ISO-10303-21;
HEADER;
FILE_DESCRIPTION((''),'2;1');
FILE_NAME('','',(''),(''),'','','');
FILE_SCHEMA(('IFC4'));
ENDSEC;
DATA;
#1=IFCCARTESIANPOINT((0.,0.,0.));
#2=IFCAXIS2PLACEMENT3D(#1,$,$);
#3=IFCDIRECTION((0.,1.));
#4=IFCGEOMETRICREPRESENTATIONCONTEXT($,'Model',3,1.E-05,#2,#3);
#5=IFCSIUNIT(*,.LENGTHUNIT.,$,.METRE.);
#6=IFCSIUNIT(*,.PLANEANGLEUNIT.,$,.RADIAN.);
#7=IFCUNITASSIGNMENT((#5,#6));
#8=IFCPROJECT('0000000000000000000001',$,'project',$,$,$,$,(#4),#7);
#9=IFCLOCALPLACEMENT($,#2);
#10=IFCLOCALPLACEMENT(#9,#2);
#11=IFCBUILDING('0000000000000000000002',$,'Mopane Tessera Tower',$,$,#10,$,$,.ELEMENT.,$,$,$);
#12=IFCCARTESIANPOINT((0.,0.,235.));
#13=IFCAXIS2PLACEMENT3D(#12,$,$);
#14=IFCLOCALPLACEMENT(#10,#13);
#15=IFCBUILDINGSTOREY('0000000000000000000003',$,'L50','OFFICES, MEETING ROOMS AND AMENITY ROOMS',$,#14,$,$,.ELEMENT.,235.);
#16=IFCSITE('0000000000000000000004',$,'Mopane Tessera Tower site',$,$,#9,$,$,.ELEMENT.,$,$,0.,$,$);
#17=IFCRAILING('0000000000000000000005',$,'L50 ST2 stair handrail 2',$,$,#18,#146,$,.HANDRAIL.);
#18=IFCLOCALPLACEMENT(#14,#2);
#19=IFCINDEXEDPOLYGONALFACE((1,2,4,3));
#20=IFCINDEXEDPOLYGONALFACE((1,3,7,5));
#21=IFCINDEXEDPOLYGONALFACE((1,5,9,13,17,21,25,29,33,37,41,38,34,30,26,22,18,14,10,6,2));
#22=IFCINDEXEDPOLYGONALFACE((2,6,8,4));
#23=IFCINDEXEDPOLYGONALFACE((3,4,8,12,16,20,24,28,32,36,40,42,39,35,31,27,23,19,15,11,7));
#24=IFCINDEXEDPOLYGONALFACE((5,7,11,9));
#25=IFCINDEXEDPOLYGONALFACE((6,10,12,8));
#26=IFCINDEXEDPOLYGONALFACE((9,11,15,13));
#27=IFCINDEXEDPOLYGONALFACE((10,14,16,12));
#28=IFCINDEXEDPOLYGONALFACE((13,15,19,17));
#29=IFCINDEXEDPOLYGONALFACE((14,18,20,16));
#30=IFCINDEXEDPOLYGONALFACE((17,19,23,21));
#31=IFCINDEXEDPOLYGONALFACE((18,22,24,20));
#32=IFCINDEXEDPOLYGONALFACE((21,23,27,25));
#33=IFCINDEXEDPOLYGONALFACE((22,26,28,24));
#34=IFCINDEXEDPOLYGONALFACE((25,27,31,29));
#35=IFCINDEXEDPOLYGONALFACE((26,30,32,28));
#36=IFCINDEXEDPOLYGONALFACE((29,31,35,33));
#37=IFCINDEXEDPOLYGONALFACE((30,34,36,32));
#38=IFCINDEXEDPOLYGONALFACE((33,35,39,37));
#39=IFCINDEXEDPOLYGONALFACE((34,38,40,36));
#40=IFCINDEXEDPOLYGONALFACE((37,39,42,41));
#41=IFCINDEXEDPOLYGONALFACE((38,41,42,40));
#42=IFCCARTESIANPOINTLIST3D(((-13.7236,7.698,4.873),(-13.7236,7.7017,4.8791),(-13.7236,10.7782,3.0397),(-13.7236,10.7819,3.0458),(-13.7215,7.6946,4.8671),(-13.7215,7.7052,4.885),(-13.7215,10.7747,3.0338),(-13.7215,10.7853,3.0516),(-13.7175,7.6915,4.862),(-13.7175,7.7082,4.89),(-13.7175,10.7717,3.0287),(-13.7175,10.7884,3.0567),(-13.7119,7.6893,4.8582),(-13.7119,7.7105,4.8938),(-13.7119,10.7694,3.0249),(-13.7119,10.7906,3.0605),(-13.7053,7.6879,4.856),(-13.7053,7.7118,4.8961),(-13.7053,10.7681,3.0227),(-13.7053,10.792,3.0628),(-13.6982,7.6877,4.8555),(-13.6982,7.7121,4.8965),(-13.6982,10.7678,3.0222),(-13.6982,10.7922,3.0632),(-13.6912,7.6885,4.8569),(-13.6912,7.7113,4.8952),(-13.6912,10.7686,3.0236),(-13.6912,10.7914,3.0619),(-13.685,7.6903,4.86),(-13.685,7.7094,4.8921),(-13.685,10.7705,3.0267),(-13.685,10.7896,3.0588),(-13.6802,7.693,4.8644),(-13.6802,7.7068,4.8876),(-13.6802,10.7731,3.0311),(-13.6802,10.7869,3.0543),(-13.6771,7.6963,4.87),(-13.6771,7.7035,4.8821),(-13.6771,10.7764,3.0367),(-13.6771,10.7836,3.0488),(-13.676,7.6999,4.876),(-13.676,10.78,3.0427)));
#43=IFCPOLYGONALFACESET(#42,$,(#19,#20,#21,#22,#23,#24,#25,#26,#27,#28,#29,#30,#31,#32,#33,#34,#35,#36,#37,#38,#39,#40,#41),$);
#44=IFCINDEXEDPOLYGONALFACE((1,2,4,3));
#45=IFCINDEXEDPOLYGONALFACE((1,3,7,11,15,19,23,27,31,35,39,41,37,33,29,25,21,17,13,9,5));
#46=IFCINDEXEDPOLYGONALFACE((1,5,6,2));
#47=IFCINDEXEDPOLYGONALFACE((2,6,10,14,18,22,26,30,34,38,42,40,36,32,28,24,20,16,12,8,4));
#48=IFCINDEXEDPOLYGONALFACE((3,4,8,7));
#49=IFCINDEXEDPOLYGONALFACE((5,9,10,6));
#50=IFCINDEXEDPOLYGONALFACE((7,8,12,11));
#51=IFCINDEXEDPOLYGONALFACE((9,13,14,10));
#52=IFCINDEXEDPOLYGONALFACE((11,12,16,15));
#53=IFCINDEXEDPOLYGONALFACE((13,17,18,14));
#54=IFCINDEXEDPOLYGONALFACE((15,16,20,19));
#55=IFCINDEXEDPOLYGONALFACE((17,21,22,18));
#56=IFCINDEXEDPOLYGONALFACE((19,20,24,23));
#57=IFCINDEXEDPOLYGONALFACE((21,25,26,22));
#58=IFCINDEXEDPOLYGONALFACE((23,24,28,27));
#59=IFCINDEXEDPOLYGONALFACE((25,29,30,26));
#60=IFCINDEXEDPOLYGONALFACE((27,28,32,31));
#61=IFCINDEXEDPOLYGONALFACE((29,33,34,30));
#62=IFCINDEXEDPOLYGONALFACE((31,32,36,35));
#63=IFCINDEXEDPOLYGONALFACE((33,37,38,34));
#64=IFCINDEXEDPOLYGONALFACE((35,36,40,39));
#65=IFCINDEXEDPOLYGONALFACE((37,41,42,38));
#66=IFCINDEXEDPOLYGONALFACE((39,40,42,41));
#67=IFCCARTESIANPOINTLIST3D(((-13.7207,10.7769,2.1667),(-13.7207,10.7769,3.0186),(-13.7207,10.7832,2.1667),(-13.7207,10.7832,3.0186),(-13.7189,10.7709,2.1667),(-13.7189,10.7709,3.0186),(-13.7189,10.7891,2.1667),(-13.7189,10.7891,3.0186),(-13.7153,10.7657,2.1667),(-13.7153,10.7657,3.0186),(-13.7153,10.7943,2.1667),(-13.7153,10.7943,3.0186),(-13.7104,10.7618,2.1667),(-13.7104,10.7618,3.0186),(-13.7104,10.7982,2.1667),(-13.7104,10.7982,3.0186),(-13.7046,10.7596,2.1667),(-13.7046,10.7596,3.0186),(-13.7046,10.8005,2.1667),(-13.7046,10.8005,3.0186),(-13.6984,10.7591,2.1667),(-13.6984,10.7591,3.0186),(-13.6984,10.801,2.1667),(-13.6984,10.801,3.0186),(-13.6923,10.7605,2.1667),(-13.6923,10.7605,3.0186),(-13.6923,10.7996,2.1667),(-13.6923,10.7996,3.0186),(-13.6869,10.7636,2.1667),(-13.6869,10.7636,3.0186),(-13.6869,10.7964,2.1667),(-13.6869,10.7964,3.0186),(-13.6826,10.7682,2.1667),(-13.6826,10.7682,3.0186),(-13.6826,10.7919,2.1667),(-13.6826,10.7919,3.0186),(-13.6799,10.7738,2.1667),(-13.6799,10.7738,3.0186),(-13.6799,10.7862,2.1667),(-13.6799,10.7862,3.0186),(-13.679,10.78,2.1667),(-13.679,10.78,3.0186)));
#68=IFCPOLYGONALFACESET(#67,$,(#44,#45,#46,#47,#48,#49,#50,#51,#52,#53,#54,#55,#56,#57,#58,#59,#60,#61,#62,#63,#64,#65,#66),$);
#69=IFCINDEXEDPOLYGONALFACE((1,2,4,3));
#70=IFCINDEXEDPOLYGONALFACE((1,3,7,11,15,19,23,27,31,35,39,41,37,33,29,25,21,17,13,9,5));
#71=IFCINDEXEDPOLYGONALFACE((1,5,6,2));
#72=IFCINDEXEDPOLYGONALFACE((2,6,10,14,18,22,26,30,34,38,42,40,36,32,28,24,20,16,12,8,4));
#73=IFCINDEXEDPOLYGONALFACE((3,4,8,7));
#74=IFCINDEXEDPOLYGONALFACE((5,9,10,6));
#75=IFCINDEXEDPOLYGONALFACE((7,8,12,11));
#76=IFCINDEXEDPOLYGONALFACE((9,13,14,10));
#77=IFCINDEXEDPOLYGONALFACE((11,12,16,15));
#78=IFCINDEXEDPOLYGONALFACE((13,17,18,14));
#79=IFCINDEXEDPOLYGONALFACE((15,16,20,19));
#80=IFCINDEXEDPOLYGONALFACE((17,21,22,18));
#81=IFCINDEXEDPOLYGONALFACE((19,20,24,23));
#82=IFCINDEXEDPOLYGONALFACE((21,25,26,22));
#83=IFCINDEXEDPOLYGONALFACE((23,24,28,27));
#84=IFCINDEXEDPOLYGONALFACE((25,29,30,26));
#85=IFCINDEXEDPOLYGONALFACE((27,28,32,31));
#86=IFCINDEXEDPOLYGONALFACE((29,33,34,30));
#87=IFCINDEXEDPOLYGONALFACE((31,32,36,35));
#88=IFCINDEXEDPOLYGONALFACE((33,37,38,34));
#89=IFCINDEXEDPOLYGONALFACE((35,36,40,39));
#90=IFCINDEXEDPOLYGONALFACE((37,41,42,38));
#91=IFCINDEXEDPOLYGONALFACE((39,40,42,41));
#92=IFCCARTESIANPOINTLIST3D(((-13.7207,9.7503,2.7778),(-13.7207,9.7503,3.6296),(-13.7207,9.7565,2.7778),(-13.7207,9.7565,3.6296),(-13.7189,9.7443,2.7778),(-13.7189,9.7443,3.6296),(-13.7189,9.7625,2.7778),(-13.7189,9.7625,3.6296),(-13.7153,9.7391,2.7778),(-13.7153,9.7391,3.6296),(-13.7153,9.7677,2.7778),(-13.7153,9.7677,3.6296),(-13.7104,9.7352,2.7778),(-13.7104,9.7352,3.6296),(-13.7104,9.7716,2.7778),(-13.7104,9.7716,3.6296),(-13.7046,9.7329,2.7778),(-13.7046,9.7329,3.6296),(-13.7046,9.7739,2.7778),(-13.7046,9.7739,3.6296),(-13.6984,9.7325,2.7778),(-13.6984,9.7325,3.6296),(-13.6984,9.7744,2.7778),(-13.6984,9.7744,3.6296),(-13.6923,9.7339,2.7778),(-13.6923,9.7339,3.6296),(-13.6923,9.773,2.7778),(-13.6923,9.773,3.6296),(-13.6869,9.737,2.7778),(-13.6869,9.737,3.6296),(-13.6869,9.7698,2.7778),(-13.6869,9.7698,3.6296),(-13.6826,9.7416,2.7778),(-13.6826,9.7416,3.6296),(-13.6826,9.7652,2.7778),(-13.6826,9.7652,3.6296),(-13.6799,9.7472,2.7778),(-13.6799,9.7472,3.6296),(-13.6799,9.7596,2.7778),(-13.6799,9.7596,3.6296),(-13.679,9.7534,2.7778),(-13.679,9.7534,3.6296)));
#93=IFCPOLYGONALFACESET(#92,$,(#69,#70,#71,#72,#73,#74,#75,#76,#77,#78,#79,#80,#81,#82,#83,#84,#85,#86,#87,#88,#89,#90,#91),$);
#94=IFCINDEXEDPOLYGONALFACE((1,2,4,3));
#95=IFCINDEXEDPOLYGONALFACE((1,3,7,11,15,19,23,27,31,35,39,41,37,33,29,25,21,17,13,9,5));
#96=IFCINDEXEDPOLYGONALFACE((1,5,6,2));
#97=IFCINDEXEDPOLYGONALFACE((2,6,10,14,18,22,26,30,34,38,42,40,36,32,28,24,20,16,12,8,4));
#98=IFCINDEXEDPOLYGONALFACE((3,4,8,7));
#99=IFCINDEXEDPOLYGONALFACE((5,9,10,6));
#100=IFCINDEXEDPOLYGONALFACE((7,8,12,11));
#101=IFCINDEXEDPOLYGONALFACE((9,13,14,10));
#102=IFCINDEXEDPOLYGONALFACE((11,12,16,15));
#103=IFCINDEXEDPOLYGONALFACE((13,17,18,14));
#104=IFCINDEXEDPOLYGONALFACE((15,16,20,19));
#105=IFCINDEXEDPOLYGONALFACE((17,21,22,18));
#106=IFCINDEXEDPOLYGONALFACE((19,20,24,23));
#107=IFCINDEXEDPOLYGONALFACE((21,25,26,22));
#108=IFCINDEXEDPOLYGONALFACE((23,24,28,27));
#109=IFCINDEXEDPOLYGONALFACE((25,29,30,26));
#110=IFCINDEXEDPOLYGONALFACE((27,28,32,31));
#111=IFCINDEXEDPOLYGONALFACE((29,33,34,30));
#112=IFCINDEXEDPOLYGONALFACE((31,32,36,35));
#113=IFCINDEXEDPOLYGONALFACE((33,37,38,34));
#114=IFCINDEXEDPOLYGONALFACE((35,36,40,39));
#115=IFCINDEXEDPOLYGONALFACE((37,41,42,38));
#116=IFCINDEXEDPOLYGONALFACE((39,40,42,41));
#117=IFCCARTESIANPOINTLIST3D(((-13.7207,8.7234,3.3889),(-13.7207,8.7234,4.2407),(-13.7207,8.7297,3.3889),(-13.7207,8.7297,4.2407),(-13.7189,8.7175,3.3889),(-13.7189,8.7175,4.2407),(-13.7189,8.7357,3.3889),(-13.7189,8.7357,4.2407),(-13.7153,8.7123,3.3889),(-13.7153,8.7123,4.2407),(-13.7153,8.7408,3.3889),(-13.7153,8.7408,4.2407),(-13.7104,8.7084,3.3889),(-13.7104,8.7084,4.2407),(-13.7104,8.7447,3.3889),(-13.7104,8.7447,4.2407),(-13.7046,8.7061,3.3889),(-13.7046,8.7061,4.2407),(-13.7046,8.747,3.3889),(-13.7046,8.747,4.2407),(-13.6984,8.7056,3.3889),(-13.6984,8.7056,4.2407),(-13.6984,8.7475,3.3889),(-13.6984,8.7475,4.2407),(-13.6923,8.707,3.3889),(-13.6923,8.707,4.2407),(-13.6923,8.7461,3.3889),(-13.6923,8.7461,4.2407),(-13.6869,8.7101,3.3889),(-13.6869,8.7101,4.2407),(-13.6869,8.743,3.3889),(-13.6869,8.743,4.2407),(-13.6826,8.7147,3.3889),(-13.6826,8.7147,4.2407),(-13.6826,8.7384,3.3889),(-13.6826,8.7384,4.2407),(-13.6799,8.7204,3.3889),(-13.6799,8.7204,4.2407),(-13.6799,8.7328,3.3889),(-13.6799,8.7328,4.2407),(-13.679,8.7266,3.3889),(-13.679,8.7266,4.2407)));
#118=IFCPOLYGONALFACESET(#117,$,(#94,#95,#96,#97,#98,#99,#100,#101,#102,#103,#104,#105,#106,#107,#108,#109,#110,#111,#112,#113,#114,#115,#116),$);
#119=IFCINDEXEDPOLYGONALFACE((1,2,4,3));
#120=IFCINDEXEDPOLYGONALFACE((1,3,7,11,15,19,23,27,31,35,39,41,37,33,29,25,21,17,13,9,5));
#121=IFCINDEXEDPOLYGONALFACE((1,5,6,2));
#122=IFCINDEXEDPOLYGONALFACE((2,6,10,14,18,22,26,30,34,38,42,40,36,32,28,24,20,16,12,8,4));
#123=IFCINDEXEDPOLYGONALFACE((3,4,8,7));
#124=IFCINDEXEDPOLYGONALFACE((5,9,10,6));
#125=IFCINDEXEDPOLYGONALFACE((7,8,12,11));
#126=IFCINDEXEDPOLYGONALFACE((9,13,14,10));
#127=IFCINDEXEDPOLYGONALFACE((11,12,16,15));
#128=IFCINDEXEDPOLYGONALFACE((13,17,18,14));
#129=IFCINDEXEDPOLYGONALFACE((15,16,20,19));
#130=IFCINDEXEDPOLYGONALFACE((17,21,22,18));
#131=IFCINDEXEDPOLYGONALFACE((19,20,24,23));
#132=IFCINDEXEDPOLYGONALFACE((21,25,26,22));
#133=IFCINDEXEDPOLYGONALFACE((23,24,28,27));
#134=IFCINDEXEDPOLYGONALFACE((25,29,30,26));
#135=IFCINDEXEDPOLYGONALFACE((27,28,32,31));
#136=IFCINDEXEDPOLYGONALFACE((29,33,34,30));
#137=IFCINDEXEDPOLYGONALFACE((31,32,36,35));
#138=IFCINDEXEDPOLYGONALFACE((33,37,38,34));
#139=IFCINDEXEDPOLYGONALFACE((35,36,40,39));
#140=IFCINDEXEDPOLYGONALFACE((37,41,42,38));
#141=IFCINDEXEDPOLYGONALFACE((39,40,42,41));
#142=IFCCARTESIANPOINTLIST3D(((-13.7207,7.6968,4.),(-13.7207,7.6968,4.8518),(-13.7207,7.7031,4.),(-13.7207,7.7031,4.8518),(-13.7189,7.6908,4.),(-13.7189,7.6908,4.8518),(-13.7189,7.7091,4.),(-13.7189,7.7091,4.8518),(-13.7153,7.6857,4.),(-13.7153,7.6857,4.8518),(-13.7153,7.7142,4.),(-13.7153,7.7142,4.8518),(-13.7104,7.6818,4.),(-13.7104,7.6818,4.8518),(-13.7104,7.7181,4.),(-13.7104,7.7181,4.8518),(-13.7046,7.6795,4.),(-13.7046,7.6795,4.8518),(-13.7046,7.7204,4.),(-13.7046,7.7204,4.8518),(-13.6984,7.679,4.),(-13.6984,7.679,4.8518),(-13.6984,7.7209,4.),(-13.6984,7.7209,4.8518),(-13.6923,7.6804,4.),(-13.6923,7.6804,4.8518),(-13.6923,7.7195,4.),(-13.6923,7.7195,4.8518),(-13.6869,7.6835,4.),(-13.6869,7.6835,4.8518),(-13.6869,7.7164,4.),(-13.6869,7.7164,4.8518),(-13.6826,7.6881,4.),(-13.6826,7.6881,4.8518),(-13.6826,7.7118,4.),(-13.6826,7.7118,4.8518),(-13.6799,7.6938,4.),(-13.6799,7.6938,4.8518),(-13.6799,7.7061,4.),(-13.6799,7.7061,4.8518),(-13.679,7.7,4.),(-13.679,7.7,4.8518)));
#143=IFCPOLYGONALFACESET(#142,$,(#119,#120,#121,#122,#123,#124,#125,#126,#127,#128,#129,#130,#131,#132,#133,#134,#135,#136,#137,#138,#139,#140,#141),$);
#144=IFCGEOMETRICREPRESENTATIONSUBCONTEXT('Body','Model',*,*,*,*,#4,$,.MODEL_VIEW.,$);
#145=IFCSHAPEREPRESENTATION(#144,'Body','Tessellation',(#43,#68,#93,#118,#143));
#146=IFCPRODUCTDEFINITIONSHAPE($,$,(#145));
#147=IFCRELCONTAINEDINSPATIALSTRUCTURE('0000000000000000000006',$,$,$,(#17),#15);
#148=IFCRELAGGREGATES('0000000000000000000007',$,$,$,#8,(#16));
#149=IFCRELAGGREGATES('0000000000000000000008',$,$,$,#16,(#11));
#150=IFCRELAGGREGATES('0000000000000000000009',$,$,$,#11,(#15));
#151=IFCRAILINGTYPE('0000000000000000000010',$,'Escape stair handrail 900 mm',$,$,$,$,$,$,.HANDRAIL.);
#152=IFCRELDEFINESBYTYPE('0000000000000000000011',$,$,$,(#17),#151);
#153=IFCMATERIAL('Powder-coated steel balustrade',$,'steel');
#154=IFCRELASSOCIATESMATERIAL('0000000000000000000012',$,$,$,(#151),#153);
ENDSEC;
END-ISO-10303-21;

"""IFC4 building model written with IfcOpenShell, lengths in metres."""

from ifc_helpers import new_model, si_unit, direction, frame, origin, origin_2d, place, context, subcontext, project, spatial, circle, extrude, material, type_object, element, save


model = new_model("IFC4")

# Units and contexts
model_context = context("Model", 3, precision=1e-05, world=origin(), true_north=direction((0.0, 1.0)))
body_context = subcontext(model_context, "Body", "Model", "MODEL_VIEW")
ifc_project = project(units=[si_unit("LENGTHUNIT", "METRE"), si_unit("PLANEANGLEUNIT", "RADIAN")], contexts=[model_context])

# Site, building, storey
site_placement = place(None, origin())
site = spatial("IfcSite", under=ifc_project, at=site_placement, Name="Mopane Tessera Tower site", CompositionType="ELEMENT", RefElevation=0.0)
building_placement = place(site_placement, origin())
building = spatial("IfcBuilding", under=site, at=building_placement, Name="Mopane Tessera Tower", CompositionType="ELEMENT")
storey_placement = place(building_placement, frame((0.0, 0.0, 235.0)))
storey = spatial("IfcBuildingStorey", under=building, at=storey_placement, Name="L50", Description="OFFICES, MEETING ROOMS AND AMENITY ROOMS", CompositionType="ELEMENT", Elevation=235.0)

# Railing
ifc_material_1 = material(Name="Powder-coated steel balustrade", Category="steel")
railing_type_1 = type_object("IfcRailingType", Name="Escape stair handrail 900 mm", PredefinedType="HANDRAIL", material=ifc_material_1)
railing_1_placement = place(storey_placement, frame((-13.7, 10.78, 2.1667)))
element("IfcRailing", 1, at=railing_1_placement, inside=storey, type_object=railing_type_1, Name="L50 ST2 stair handrail 2", PredefinedType="HANDRAIL", context=body_context, shape_type="SweptSolid", body=[
    extrude(circle(Radius=0.0239, at=origin_2d()), frame((0.0, 0.0, 0.876), z_axis=(0.0, -0.859309, 0.511458), x_axis=(1.0, 0.0, 0.0)), (0.0, 0.0, 1.0), 3.5845),
    extrude(circle(Radius=0.021, at=origin_2d()), origin(), (0.0, 0.0, 1.0), 0.8518),
    extrude(circle(Radius=0.021, at=origin_2d()), frame((0.0, -1.0266, 0.6111)), (0.0, 0.0, 1.0), 0.8518),
    extrude(circle(Radius=0.021, at=origin_2d()), frame((0.0, -2.0535, 1.2222)), (0.0, 0.0, 1.0), 0.8518),
    extrude(circle(Radius=0.021, at=origin_2d()), frame((0.0, -3.0801, 1.8333)), (0.0, 0.0, 1.0), 0.8518),
])

save(model, "model.ifc")
